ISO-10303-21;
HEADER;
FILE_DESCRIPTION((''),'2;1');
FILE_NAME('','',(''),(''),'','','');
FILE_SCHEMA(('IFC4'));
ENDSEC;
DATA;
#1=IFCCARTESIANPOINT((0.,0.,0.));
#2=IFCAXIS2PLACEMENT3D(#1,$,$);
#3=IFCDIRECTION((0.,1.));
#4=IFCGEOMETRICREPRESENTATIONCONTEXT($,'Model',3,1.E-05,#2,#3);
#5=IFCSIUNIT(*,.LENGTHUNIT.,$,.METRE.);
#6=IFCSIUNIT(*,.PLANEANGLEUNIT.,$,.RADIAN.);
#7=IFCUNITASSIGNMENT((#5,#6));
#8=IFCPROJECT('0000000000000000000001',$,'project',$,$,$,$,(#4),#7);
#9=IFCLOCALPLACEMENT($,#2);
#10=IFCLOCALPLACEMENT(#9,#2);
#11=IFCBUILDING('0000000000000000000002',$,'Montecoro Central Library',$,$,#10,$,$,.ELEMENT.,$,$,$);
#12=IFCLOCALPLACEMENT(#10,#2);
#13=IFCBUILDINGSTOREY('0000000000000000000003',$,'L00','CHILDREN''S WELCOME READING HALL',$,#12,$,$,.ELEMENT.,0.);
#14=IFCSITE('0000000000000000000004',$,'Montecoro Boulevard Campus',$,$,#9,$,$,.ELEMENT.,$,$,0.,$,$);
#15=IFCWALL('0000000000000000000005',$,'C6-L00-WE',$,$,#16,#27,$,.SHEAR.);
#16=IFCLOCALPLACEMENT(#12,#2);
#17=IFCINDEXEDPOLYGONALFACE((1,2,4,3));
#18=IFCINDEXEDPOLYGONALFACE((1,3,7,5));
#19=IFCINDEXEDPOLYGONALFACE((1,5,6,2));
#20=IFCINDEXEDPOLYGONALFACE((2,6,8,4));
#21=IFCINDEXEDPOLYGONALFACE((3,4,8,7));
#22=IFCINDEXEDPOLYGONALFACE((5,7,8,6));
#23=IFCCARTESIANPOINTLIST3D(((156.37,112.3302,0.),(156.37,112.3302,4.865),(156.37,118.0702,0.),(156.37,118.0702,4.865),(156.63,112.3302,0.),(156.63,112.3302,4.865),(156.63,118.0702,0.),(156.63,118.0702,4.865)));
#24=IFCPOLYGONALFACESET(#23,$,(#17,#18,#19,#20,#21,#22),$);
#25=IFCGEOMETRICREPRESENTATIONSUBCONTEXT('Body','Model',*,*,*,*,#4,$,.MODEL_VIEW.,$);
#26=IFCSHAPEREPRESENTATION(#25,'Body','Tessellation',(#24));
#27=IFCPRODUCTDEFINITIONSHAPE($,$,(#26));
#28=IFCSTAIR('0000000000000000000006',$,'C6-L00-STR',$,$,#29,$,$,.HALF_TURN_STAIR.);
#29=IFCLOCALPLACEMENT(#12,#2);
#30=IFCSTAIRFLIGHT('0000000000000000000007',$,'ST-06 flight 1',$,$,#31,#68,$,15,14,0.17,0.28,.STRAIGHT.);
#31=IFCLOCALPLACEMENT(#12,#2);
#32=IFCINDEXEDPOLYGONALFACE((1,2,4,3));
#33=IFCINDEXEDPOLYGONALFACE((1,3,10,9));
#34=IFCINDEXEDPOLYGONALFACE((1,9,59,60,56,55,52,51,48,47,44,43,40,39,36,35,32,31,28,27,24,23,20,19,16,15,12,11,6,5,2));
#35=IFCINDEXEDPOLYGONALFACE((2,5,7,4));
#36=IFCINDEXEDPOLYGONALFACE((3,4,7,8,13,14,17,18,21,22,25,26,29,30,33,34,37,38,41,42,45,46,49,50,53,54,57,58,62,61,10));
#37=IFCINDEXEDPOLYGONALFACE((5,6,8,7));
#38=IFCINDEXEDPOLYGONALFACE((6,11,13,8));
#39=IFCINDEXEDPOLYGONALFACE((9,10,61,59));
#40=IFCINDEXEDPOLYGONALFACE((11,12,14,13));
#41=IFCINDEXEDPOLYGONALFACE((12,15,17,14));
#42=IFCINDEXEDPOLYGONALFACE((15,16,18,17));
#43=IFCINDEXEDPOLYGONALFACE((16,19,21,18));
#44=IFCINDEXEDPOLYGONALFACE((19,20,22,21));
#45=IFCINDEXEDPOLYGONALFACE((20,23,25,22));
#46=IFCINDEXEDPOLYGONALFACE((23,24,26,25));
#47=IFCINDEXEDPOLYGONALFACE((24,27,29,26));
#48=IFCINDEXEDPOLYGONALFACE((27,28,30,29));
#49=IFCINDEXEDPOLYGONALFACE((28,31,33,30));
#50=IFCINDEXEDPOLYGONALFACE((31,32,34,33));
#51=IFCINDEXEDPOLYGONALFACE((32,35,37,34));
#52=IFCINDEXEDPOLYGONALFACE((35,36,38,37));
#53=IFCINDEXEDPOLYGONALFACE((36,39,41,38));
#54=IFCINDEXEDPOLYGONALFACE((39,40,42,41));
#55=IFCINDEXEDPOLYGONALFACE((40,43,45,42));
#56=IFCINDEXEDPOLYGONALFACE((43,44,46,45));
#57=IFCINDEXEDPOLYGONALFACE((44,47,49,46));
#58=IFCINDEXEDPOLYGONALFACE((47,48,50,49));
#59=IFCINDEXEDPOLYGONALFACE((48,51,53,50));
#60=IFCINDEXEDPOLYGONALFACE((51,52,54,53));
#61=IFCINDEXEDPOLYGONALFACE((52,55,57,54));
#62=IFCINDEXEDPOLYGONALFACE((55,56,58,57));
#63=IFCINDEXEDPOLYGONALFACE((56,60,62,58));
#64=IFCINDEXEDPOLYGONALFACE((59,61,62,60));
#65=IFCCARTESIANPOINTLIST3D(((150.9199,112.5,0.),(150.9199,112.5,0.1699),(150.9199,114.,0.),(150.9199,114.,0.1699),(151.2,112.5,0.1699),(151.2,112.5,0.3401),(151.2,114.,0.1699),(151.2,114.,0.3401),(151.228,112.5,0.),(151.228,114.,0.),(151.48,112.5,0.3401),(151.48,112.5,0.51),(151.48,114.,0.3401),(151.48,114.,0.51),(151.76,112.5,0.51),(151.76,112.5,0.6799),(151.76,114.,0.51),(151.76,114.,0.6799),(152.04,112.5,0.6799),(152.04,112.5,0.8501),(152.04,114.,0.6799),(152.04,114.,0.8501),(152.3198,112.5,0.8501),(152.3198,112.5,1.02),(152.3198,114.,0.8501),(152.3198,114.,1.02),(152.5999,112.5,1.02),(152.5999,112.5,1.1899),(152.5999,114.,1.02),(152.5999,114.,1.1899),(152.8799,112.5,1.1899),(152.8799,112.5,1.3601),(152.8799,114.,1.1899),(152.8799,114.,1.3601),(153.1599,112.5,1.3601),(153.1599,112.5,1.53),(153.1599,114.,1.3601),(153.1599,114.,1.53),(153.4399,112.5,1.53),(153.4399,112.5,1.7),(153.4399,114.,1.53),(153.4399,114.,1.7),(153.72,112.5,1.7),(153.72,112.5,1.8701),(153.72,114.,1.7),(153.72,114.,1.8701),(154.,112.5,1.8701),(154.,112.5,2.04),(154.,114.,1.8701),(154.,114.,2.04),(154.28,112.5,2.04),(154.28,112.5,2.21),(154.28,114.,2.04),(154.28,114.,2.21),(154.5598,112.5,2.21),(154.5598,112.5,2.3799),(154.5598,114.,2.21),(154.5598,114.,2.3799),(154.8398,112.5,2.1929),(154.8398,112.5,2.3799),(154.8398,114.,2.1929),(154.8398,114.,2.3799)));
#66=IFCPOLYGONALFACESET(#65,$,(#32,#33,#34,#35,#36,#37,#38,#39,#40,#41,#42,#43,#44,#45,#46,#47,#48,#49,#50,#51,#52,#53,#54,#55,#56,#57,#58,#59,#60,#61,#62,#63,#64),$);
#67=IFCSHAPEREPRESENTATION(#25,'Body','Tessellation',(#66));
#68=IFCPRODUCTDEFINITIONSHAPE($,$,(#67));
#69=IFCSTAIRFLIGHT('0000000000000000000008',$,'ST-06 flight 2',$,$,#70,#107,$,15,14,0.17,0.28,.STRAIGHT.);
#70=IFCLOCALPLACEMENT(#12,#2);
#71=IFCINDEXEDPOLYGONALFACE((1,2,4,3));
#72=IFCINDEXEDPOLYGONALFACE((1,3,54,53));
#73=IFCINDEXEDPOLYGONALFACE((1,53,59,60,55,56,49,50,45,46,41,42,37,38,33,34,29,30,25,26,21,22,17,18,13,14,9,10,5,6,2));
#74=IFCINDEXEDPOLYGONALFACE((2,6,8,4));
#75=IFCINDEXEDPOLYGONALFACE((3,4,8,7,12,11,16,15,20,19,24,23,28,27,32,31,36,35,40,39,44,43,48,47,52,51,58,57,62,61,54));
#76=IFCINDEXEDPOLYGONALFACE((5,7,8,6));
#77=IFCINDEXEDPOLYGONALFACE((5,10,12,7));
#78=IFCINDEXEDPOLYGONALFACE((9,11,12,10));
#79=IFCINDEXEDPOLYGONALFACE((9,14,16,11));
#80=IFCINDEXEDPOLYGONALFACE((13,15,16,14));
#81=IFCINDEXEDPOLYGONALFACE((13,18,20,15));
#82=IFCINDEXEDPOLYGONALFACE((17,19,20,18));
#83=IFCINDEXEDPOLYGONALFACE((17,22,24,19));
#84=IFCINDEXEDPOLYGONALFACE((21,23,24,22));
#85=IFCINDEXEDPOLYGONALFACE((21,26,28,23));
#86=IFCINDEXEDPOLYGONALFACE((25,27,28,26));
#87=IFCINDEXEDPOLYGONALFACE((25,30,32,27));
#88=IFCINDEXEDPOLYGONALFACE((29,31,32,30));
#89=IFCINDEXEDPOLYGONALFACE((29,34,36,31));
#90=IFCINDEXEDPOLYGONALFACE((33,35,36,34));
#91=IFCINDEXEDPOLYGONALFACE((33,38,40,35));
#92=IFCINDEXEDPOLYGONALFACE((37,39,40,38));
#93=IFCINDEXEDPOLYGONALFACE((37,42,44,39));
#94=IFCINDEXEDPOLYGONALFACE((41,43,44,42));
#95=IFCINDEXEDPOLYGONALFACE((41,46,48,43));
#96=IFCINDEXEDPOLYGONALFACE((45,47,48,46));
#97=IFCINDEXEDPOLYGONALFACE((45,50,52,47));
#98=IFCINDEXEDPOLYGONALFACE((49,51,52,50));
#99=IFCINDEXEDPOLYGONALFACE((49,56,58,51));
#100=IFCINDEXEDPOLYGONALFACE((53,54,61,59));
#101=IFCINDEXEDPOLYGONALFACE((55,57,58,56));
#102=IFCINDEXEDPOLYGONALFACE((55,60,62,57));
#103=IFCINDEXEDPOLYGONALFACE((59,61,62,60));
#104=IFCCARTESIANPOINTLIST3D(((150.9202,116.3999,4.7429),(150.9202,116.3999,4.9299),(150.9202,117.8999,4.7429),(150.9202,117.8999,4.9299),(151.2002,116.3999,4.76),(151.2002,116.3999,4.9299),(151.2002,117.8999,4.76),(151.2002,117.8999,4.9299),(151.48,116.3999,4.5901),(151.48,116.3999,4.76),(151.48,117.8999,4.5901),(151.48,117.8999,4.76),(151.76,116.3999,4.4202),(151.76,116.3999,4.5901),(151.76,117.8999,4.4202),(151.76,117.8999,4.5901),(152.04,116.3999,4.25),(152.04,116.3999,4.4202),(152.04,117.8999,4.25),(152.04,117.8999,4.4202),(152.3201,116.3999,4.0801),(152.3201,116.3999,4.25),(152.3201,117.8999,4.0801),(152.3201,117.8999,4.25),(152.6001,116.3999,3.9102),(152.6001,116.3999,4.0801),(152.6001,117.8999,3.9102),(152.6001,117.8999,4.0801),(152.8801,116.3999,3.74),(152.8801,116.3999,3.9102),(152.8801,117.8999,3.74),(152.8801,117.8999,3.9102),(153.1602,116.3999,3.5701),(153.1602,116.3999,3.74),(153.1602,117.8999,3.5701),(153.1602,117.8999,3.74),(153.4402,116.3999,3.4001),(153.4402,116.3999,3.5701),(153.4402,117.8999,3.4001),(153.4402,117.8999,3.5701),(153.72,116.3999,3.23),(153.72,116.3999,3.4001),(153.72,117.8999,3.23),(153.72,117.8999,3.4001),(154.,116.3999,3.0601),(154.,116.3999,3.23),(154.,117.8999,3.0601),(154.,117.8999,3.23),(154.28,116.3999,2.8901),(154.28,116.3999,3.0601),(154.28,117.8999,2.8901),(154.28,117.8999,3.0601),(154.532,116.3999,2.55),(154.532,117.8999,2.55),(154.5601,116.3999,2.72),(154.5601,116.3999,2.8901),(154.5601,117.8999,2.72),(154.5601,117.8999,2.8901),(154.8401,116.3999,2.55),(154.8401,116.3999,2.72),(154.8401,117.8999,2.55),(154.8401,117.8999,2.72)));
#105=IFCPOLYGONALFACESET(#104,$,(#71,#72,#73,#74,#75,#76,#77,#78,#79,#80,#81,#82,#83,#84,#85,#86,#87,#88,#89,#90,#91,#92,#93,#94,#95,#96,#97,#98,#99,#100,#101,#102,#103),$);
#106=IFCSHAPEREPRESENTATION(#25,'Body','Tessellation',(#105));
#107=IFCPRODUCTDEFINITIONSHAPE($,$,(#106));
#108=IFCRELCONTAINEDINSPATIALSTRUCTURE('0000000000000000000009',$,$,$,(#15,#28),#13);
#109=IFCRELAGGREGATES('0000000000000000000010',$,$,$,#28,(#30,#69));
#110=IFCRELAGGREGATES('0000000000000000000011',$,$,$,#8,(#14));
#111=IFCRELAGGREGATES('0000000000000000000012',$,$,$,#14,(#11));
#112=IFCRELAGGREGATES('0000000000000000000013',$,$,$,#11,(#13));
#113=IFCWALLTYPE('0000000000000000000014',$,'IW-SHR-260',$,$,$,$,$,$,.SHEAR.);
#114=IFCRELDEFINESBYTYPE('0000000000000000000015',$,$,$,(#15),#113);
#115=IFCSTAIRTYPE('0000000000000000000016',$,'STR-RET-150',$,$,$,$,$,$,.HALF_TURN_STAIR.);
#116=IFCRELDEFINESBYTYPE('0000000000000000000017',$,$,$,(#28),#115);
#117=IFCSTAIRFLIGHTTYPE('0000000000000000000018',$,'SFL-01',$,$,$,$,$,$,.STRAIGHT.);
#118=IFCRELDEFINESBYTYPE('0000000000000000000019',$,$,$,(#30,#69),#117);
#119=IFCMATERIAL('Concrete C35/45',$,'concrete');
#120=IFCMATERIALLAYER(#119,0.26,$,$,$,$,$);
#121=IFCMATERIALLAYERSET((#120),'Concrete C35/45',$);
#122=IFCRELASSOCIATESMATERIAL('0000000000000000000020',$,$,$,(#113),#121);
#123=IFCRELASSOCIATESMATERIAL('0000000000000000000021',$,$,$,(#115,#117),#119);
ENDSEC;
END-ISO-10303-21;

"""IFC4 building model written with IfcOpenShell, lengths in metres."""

from ifc_helpers import new_model, si_unit, direction, frame, frame_2d, origin, place, context, subcontext, project, spatial, polyline, rectangle, outline, extrude, material, layer, layer_set, type_object, element, aggregate, save


model = new_model("IFC4")

# Units and contexts
model_context = context("Model", 3, precision=1e-05, world=origin(), true_north=direction((0.0, 1.0)))
body_context = subcontext(model_context, "Body", "Model", "MODEL_VIEW")
ifc_project = project(units=[si_unit("LENGTHUNIT", "METRE"), si_unit("PLANEANGLEUNIT", "RADIAN")], contexts=[model_context])

# Site, building, storey
site_placement = place(None, origin())
site = spatial("IfcSite", under=ifc_project, at=site_placement, Name="Montecoro Boulevard Campus", CompositionType="ELEMENT", RefElevation=0.0)
building_placement = place(site_placement, origin())
building = spatial("IfcBuilding", under=site, at=building_placement, Name="Montecoro Central Library", CompositionType="ELEMENT")
storey_placement = place(building_placement, origin())
storey = spatial("IfcBuildingStorey", under=building, at=storey_placement, Name="L00", Description="CHILDREN'S WELCOME READING HALL", CompositionType="ELEMENT", Elevation=0.0)

# Shared definitions
ifc_material_1 = material(Name="Concrete C35/45", Category="concrete")

# Shared definitions
ifc_layer_1 = layer(ifc_material_1, 0.26)
ifc_layer_set_1 = layer_set([ifc_layer_1], Name="Concrete C35/45")
wall_type_1 = type_object("IfcWallType", Name="IW-SHR-260", PredefinedType="SHEAR", material=ifc_layer_set_1)

# Wall
for number, where, z_axis, x_axis, name in (
    (1, (156.5, 112.3301, 0.0), (0.0, 0.0, 1.0), (0.0, 1.0, 0.0), "C6-L00-WE"),
):
    element("IfcWall", number, at=place(storey_placement, frame(where, z_axis=z_axis, x_axis=x_axis)), inside=storey, type_object=wall_type_1, Name=name, PredefinedType="SHEAR", context=body_context, shape_type="SweptSolid", body=[
        extrude(rectangle(XDim=5.74, YDim=0.26, at=frame_2d((2.8701, 0.0))), origin(), (0.0, 0.0, 1.0), 4.865),
    ])

# Stair, stair flights
stair_type = type_object("IfcStairType", Name="STR-RET-150", PredefinedType="HALF_TURN_STAIR", material=ifc_material_1)
stair_placement = place(storey_placement, origin())
stair = element("IfcStair", 2, at=stair_placement, inside=storey, type_object=stair_type, Name="C6-L00-STR", PredefinedType="HALF_TURN_STAIR")
stair_flight_type = type_object("IfcStairFlightType", Name="SFL-01", PredefinedType="STRAIGHT", material=ifc_material_1)
stair_flight_1_placement = place(storey_placement, frame((150.9199, 113.25, 0.0), z_axis=(0.0, 0.0, 1.0), x_axis=(1.0, 0.0, 0.0)))
stair_flight_1 = element("IfcStairFlight", 3, at=stair_flight_1_placement, type_object=stair_flight_type, Name="ST-06 flight 1", NumberOfRisers=15, NumberOfTreads=14, PredefinedType="STRAIGHT", RiserHeight=0.17, TreadLength=0.28, context=body_context, shape_type="SweptSolid", body=[
    extrude(outline(polyline([(0.0, 0.0), (0.0, 0.1699), (0.28, 0.1699), (0.28, 0.3401), (0.5601, 0.3401), (0.5601, 0.51), (0.8401, 0.51), (0.8401, 0.6799), (1.1201, 0.6799), (1.1201, 0.8501), (1.3999, 0.8501), (1.3999, 1.02), (1.6799, 1.02), (1.6799, 1.1899), (1.96, 1.1899), (1.96, 1.3601), (2.24, 1.3601), (2.24, 1.53), (2.52, 1.53), (2.52, 1.7), (2.8, 1.7), (2.8, 1.8701), (3.0801, 1.8701), (3.0801, 2.04), (3.3601, 2.04), (3.3601, 2.21), (3.6399, 2.21), (3.6399, 2.3799), (3.9199, 2.3799), (3.9199, 2.55), (3.9199, 2.1929), (0.3081, 0.0), (0.0, 0.0)])), frame((0.0, 0.75, 0.0), z_axis=(0.0, -1.0, 0.0), x_axis=(1.0, 0.0, 0.0)), (0.0, 0.0, 1.0), 1.5),
])
stair_flight_2_placement = place(storey_placement, frame((154.8401, 117.1499, 2.55), z_axis=(0.0, 0.0, 1.0), x_axis=(-1.0, 0.0, 0.0)))
stair_flight_2 = element("IfcStairFlight", 4, at=stair_flight_2_placement, type_object=stair_flight_type, Name="ST-06 flight 2", NumberOfRisers=15, NumberOfTreads=14, PredefinedType="STRAIGHT", RiserHeight=0.17, TreadLength=0.28, context=body_context, shape_type="SweptSolid", body=[
    extrude(outline(polyline([(0.0, 0.0), (0.0, 0.1699), (0.28, 0.1699), (0.28, 0.3401), (0.5601, 0.3401), (0.5601, 0.51), (0.8401, 0.51), (0.8401, 0.6799), (1.1201, 0.6799), (1.1201, 0.8501), (1.3999, 0.8501), (1.3999, 1.02), (1.6799, 1.02), (1.6799, 1.1899), (1.96, 1.1899), (1.96, 1.3601), (2.24, 1.3601), (2.24, 1.53), (2.52, 1.53), (2.52, 1.7), (2.8, 1.7), (2.8, 1.8701), (3.0801, 1.8701), (3.0801, 2.04), (3.3601, 2.04), (3.3601, 2.21), (3.6399, 2.21), (3.6399, 2.3799), (3.9199, 2.3799), (3.9199, 2.55), (3.9199, 2.1929), (0.3081, 0.0), (0.0, 0.0)])), frame((0.0, 0.75, 0.0), z_axis=(0.0, -1.0, 0.0), x_axis=(1.0, 0.0, 0.0)), (0.0, 0.0, 1.0), 1.5),
])
aggregate(stair, [stair_flight_1, stair_flight_2])

save(model, "model.ifc")
